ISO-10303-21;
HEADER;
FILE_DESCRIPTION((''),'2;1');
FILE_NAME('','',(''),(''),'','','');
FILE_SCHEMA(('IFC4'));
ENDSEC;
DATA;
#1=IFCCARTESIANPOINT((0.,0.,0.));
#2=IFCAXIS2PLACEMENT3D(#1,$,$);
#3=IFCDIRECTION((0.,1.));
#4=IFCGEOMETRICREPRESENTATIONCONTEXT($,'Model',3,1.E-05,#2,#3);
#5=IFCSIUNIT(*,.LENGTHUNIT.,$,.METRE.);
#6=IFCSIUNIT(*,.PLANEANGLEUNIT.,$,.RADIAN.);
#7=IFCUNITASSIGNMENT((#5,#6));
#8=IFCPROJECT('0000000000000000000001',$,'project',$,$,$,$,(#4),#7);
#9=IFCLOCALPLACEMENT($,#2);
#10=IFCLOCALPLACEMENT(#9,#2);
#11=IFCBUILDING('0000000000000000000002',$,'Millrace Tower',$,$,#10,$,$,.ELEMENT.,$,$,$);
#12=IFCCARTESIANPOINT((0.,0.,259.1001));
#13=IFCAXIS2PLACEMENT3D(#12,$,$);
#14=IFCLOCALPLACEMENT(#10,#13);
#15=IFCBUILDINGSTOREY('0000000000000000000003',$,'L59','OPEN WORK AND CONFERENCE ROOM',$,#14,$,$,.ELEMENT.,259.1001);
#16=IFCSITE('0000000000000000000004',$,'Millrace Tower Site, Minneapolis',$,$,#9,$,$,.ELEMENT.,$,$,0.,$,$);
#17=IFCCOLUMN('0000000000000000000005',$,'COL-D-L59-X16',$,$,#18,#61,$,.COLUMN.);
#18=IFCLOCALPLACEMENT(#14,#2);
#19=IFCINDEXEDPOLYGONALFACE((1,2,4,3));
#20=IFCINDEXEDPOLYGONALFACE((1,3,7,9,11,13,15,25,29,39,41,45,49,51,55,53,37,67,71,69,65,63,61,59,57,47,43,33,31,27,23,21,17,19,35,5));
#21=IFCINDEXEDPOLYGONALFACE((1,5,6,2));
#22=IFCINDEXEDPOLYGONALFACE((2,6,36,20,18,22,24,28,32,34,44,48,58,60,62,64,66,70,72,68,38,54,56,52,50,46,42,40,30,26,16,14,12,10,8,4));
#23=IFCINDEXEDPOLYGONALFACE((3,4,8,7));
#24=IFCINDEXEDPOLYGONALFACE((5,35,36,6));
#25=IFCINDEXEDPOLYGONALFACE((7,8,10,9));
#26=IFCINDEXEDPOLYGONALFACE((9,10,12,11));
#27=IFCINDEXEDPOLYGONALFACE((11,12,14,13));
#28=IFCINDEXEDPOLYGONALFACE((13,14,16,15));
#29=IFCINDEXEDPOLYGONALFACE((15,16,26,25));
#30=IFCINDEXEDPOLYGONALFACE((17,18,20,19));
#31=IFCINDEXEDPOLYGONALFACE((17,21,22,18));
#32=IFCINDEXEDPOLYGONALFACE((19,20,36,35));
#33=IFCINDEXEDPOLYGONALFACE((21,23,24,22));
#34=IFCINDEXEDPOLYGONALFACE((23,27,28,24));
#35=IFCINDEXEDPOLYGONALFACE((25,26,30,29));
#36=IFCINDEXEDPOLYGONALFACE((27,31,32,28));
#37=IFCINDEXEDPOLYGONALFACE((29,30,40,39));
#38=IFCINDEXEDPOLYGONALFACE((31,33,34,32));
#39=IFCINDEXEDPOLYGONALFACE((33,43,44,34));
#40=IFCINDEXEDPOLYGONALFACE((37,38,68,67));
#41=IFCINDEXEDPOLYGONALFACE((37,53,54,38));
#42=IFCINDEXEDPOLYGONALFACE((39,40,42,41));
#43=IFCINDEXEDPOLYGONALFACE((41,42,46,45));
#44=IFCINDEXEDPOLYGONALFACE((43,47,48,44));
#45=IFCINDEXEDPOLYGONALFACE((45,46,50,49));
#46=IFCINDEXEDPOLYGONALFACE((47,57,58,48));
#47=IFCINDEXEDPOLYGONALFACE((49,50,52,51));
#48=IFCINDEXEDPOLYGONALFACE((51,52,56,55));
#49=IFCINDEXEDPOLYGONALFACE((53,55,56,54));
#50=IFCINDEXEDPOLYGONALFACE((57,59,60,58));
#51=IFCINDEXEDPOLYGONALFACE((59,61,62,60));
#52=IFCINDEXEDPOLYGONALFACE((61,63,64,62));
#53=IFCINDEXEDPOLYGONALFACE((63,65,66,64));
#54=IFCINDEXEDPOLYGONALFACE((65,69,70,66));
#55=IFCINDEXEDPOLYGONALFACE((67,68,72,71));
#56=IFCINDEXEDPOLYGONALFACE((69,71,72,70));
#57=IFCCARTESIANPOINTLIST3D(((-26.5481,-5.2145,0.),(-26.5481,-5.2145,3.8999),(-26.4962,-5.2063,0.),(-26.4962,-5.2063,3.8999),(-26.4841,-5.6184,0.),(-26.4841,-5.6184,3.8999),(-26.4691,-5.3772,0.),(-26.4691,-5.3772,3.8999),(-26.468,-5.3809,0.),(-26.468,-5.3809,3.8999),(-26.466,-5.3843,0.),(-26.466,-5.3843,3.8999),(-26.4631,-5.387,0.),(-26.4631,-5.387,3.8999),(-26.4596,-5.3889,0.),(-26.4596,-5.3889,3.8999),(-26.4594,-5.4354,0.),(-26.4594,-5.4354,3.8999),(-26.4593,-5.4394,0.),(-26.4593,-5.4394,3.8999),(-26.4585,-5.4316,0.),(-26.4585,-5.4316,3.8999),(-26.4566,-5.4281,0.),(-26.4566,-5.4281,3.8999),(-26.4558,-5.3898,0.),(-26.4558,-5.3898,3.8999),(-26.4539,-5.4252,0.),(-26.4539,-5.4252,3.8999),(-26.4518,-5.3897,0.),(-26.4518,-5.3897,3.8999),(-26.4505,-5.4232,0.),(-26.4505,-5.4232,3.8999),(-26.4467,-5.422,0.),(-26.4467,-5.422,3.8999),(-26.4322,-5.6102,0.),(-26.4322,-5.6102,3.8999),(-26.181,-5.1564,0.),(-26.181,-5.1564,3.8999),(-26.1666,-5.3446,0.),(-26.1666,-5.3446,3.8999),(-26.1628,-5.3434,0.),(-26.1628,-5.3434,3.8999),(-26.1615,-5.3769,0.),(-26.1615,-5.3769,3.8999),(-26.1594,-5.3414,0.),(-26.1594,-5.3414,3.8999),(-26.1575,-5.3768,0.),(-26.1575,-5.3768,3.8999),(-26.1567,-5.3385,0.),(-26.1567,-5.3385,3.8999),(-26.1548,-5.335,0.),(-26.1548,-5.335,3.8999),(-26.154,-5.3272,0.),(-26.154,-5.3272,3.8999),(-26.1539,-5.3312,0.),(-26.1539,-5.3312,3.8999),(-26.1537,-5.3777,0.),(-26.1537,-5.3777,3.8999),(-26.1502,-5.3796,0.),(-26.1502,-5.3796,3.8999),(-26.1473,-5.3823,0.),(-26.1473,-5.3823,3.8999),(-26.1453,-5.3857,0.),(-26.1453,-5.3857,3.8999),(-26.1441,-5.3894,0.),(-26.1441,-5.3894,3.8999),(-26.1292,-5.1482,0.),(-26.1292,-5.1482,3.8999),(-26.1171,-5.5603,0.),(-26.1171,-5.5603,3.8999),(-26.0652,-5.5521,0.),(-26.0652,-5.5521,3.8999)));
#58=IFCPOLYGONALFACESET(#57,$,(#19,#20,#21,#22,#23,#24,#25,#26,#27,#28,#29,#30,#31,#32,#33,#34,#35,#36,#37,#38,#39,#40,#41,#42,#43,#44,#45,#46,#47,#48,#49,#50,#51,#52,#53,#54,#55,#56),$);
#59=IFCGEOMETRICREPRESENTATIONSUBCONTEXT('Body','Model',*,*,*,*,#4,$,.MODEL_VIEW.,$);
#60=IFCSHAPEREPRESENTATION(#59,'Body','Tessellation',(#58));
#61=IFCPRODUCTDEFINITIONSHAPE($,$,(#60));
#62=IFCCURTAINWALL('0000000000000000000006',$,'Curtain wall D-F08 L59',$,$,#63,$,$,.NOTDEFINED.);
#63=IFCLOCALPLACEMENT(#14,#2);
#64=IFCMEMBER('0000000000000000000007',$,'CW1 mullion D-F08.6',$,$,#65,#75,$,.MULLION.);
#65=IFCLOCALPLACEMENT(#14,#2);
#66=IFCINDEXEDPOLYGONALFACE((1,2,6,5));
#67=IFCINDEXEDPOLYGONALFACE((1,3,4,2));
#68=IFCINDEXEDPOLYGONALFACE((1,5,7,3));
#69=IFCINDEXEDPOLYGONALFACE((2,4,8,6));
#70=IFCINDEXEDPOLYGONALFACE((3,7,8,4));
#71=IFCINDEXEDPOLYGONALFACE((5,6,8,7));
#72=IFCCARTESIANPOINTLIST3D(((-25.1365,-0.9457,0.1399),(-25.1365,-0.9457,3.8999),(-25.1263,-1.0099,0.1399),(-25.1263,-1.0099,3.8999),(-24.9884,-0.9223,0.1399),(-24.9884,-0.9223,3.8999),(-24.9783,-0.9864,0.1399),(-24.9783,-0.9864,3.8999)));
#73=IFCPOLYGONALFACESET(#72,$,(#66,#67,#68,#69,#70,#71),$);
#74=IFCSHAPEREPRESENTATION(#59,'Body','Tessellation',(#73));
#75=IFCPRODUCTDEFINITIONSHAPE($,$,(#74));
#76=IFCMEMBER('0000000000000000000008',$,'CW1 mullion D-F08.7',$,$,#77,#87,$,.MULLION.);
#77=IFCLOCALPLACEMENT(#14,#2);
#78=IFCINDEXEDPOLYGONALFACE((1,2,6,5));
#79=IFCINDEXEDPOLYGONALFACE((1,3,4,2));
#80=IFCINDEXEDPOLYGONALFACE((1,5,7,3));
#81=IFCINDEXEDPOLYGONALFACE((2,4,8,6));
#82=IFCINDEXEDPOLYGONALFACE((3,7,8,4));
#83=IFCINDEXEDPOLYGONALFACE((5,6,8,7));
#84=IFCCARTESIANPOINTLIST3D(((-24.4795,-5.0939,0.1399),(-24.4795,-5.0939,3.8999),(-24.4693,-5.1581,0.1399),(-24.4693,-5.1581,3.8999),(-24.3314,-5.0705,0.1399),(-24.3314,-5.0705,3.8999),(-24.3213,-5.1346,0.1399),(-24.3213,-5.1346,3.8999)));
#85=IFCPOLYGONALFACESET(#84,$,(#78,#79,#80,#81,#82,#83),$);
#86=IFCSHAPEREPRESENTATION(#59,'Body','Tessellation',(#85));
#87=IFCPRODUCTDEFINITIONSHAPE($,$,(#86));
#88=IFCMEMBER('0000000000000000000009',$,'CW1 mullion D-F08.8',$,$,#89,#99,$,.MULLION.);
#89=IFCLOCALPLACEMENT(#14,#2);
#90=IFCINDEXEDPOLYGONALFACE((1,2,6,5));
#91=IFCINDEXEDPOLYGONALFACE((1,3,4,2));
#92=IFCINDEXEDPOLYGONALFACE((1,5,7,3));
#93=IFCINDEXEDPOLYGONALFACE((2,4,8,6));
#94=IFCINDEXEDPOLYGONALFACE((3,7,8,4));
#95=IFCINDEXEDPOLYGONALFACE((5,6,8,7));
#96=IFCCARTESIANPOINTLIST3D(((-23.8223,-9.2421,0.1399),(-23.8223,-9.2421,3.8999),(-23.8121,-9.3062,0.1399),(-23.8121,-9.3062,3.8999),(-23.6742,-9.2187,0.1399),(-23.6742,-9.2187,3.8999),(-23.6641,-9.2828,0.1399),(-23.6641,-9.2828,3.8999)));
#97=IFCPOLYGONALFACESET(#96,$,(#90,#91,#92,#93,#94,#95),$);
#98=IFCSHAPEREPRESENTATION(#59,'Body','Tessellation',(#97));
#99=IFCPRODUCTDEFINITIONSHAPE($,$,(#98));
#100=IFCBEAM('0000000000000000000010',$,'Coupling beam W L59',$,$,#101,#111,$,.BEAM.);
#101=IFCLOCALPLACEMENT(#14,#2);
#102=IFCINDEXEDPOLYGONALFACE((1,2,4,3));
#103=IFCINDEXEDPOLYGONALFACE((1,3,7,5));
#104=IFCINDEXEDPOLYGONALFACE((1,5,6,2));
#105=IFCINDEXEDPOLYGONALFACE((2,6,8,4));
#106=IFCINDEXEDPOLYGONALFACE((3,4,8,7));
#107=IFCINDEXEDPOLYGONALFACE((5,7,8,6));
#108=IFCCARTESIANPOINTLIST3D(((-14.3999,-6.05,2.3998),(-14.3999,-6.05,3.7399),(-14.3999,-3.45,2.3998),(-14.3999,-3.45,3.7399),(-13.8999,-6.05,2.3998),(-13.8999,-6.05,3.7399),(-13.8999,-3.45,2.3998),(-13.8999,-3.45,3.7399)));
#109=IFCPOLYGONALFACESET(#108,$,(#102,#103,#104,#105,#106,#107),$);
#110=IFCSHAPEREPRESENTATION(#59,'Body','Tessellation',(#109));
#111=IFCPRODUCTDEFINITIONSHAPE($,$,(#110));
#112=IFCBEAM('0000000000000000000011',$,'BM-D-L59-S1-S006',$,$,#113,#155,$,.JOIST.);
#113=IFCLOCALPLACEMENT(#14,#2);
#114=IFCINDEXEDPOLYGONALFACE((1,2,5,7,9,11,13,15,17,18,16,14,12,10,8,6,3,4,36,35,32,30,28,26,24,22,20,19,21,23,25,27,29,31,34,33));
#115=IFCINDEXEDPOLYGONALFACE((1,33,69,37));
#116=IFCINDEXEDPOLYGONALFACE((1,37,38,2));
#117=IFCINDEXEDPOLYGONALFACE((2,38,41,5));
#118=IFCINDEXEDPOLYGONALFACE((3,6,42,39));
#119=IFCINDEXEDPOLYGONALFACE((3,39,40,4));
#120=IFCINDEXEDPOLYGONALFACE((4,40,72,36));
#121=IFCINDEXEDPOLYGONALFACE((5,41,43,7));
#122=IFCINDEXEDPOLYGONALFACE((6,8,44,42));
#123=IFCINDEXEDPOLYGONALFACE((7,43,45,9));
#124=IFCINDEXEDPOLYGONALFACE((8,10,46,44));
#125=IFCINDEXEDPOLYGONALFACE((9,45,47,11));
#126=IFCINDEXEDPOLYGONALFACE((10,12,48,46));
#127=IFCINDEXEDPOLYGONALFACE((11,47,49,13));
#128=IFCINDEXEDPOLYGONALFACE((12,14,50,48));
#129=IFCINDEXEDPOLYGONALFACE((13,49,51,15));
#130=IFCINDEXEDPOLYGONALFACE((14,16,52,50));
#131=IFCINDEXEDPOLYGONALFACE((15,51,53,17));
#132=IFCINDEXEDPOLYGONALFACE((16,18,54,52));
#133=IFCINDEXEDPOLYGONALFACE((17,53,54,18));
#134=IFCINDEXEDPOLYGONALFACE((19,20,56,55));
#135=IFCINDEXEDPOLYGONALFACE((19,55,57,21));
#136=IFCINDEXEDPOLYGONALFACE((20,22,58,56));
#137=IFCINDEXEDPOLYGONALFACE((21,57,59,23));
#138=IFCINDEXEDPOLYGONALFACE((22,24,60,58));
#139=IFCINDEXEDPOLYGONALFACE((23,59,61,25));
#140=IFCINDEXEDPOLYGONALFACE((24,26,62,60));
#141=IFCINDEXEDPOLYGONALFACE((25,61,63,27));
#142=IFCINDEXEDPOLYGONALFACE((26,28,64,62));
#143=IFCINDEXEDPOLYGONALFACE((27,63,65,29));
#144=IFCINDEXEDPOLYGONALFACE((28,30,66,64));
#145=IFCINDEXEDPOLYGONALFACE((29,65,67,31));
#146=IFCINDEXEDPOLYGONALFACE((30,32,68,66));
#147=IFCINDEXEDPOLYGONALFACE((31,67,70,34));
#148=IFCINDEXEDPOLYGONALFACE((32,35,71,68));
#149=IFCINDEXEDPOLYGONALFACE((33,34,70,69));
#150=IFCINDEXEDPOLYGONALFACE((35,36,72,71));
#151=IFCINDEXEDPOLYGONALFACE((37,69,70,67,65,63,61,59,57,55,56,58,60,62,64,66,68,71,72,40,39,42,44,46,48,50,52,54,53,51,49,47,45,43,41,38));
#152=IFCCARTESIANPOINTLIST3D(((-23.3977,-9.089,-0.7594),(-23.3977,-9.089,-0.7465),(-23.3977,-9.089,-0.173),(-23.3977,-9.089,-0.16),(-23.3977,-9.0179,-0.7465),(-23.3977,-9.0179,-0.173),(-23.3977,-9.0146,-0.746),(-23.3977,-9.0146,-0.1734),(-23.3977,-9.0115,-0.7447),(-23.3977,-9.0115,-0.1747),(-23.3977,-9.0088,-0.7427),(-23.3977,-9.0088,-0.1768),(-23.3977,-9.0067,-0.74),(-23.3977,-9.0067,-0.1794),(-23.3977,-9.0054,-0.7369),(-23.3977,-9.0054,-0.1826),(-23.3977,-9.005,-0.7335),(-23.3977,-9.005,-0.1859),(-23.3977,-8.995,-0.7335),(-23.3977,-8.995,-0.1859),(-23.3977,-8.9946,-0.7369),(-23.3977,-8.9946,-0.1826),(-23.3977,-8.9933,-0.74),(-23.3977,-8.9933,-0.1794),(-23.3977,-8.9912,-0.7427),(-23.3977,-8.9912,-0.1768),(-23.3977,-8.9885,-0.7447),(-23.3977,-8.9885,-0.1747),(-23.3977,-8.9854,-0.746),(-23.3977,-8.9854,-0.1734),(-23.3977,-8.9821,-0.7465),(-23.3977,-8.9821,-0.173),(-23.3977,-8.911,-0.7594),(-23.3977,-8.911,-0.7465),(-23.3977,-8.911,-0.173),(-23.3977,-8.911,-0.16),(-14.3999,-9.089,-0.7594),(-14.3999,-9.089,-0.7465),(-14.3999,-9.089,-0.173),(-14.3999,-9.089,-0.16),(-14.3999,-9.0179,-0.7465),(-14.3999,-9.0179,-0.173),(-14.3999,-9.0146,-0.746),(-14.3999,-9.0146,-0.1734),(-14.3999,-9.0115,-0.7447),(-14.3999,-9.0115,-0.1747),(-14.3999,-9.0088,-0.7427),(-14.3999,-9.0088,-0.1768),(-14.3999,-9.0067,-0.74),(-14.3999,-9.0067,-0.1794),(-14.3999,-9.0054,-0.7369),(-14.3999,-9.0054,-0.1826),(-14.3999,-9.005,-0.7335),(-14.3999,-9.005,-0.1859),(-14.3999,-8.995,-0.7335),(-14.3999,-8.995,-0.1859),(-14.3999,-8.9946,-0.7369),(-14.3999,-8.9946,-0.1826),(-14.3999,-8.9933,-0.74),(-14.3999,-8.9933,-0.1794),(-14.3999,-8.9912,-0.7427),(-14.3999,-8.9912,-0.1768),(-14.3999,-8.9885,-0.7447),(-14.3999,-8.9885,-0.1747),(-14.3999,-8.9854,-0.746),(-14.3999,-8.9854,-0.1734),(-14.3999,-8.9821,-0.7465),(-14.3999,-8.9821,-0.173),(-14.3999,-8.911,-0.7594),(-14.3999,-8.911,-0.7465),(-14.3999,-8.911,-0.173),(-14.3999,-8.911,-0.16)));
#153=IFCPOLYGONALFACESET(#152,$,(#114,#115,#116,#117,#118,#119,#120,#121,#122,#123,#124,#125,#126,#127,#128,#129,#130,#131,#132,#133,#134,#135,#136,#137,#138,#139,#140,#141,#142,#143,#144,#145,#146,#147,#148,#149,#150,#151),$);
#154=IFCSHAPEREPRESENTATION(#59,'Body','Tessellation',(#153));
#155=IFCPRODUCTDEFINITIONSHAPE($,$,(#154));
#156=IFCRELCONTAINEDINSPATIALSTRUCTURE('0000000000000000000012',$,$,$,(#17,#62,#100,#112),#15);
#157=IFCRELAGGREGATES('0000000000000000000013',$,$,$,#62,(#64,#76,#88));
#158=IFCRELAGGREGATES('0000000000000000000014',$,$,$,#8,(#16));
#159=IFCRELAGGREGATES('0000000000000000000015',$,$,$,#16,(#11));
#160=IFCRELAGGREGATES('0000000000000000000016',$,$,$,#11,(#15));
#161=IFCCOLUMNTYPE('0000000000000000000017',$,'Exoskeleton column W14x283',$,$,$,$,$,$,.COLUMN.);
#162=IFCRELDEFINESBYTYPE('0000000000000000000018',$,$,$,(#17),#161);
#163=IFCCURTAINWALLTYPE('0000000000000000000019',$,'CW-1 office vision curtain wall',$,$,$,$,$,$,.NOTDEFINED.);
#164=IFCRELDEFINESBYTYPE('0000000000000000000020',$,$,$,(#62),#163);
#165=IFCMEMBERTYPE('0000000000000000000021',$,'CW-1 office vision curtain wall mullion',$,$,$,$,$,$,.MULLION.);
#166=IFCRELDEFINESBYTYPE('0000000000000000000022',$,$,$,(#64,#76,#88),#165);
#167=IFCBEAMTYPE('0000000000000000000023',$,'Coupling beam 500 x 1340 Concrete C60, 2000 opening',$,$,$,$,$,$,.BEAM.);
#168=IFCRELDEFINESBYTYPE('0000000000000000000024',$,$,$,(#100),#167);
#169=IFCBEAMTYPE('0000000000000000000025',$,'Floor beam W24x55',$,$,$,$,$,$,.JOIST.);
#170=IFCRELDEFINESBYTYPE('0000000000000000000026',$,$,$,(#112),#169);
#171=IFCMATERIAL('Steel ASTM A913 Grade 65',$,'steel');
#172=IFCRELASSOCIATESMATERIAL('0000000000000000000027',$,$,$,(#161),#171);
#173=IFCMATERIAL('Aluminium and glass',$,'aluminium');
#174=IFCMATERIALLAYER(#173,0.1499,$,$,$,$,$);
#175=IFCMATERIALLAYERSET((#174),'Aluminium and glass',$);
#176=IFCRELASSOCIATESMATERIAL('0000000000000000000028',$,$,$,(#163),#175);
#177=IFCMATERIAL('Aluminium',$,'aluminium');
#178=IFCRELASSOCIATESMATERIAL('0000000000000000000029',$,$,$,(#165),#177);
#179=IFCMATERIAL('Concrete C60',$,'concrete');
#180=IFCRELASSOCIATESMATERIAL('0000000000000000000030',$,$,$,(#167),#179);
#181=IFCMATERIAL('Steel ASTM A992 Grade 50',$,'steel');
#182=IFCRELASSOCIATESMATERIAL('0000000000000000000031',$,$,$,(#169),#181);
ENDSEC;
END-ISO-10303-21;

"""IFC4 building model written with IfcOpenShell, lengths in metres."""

from ifc_helpers import new_model, si_unit, direction, frame, origin, origin_2d, place, context, subcontext, project, spatial, rectangle, i_section, extrude, material, layer, layer_set, material_profile, profile_set, type_object, element, aggregate, save


model = new_model("IFC4")

# Units and contexts
model_context = context("Model", 3, precision=1e-05, world=origin(), true_north=direction((0.0, 1.0)))
body_context = subcontext(model_context, "Body", "Model", "MODEL_VIEW")
ifc_project = project(units=[si_unit("LENGTHUNIT", "METRE"), si_unit("PLANEANGLEUNIT", "RADIAN")], contexts=[model_context])

# Site, building, storey
site_placement = place(None, origin())
site = spatial("IfcSite", under=ifc_project, at=site_placement, Name="Millrace Tower Site, Minneapolis", CompositionType="ELEMENT", RefElevation=0.0)
building_placement = place(site_placement, origin())
building = spatial("IfcBuilding", under=site, at=building_placement, Name="Millrace Tower", CompositionType="ELEMENT")
storey_placement = place(building_placement, frame((0.0, 0.0, 259.1001)))
storey = spatial("IfcBuildingStorey", under=building, at=storey_placement, Name="L59", Description="OPEN WORK AND CONFERENCE ROOM", CompositionType="ELEMENT", Elevation=259.1001)

# Column
ifc_material_1 = material(Name="Steel ASTM A913 Grade 65", Category="steel")
ifc_material_profile_1 = material_profile(ifc_material_1, i_section(OverallWidth=0.4089, OverallDepth=0.4241, WebThickness=0.0327, FlangeThickness=0.0525, FilletRadius=0.0151, at=origin_2d()))
ifc_profile_set_1 = profile_set([ifc_material_profile_1], Name="Steel ASTM A913 Grade 65")
column_type = type_object("IfcColumnType", Name="Exoskeleton column W14x283", PredefinedType="COLUMN", material=ifc_profile_set_1)
column_placement = place(storey_placement, frame((-26.3066, -5.3833, 0.0), z_axis=(0.0, 0.0, 1.0), x_axis=(0.156434, -0.987688, 0.0)))
element("IfcColumn", 1, at=column_placement, inside=storey, type_object=column_type, Name="COL-D-L59-X16", PredefinedType="COLUMN", context=body_context, shape_type="SweptSolid", body=[
    extrude(i_section(OverallWidth=0.4089, OverallDepth=0.4241, WebThickness=0.0327, FlangeThickness=0.0525, FilletRadius=0.0151, at=origin_2d()), origin(), (0.0, 0.0, 1.0), 3.8999),
])

# Curtain wall, members
ifc_material_2 = material(Name="Aluminium and glass", Category="aluminium")
ifc_layer_1 = layer(ifc_material_2, 0.1499)
ifc_layer_set_1 = layer_set([ifc_layer_1], Name="Aluminium and glass")
curtain_wall_type = type_object("IfcCurtainWallType", Name="CW-1 office vision curtain wall", PredefinedType="NOTDEFINED", material=ifc_layer_set_1)
curtain_wall_placement = place(storey_placement, origin())
curtain_wall = element("IfcCurtainWall", 2, at=curtain_wall_placement, inside=storey, type_object=curtain_wall_type, Name="Curtain wall D-F08 L59", PredefinedType="NOTDEFINED")
ifc_material_3 = material(Name="Aluminium", Category="aluminium")
ifc_material_profile_2 = material_profile(ifc_material_3, rectangle(XDim=0.0649, YDim=0.1499, at=origin_2d()))
ifc_profile_set_2 = profile_set([ifc_material_profile_2], Name="Aluminium")
member_type = type_object("IfcMemberType", Name="CW-1 office vision curtain wall mullion", PredefinedType="MULLION", material=ifc_profile_set_2)
member_1_placement = place(storey_placement, frame((-25.0574, -0.9661, 0.1399), z_axis=(0.0, 0.0, 1.0), x_axis=(0.156434, -0.987688, 0.0)))
member_1 = element("IfcMember", 3, at=member_1_placement, type_object=member_type, Name="CW1 mullion D-F08.6", PredefinedType="MULLION", context=body_context, shape_type="SweptSolid", body=[
    extrude(rectangle(XDim=0.0649, YDim=0.1499, at=origin_2d()), origin(), (0.0, 0.0, 1.0), 3.76),
])
member_2_placement = place(storey_placement, frame((-24.4004, -5.1143, 0.1399), z_axis=(0.0, 0.0, 1.0), x_axis=(0.156434, -0.987688, 0.0)))
member_2 = element("IfcMember", 4, at=member_2_placement, type_object=member_type, Name="CW1 mullion D-F08.7", PredefinedType="MULLION", context=body_context, shape_type="SweptSolid", body=[
    extrude(rectangle(XDim=0.0649, YDim=0.1499, at=origin_2d()), origin(), (0.0, 0.0, 1.0), 3.76),
])
member_3_placement = place(storey_placement, frame((-23.7432, -9.2625, 0.1399), z_axis=(0.0, 0.0, 1.0), x_axis=(0.156434, -0.987688, 0.0)))
member_3 = element("IfcMember", 5, at=member_3_placement, type_object=member_type, Name="CW1 mullion D-F08.8", PredefinedType="MULLION", context=body_context, shape_type="SweptSolid", body=[
    extrude(rectangle(XDim=0.0649, YDim=0.1499, at=origin_2d()), origin(), (0.0, 0.0, 1.0), 3.76),
])
aggregate(curtain_wall, [member_1, member_2, member_3])

# Beams
ifc_material_4 = material(Name="Concrete C60", Category="concrete")
ifc_material_profile_3 = material_profile(ifc_material_4, rectangle(XDim=0.5, YDim=1.3401, at=origin_2d()))
ifc_profile_set_3 = profile_set([ifc_material_profile_3], Name="Concrete C60")
beam_type_1 = type_object("IfcBeamType", Name="Coupling beam 500 x 1340 Concrete C60, 2000 opening", PredefinedType="BEAM", material=ifc_profile_set_3)
beam_1_placement = place(storey_placement, frame((-14.1499, -6.05, 3.0698), z_axis=(0.0, 1.0, 0.0), x_axis=(-1.0, 0.0, 0.0)))
element("IfcBeam", 6, at=beam_1_placement, inside=storey, type_object=beam_type_1, Name="Coupling beam W L59", PredefinedType="BEAM", context=body_context, shape_type="SweptSolid", body=[
    extrude(rectangle(XDim=0.5, YDim=1.3401, at=origin_2d()), origin(), (0.0, 0.0, 1.0), 2.6001),
])
ifc_material_5 = material(Name="Steel ASTM A992 Grade 50", Category="steel")
ifc_material_profile_4 = material_profile(ifc_material_5, i_section(OverallWidth=0.178, OverallDepth=0.5994, WebThickness=0.01, FlangeThickness=0.0129, FilletRadius=0.0129, at=origin_2d()))
ifc_profile_set_4 = profile_set([ifc_material_profile_4], Name="Steel ASTM A992 Grade 50")
beam_type_2 = type_object("IfcBeamType", Name="Floor beam W24x55", PredefinedType="JOIST", material=ifc_profile_set_4)
beam_2_placement = place(storey_placement, frame((-23.3977, -9.0, -0.4597), z_axis=(1.0, 0.0, 0.0), x_axis=(0.0, 1.0, 0.0)))
element("IfcBeam", 7, at=beam_2_placement, inside=storey, type_object=beam_type_2, Name="BM-D-L59-S1-S006", PredefinedType="JOIST", context=body_context, shape_type="SweptSolid", body=[
    extrude(i_section(OverallWidth=0.178, OverallDepth=0.5994, WebThickness=0.01, FlangeThickness=0.0129, FilletRadius=0.0129, at=origin_2d()), origin(), (0.0, 0.0, 1.0), 8.9978),
])

save(model, "model.ifc")
